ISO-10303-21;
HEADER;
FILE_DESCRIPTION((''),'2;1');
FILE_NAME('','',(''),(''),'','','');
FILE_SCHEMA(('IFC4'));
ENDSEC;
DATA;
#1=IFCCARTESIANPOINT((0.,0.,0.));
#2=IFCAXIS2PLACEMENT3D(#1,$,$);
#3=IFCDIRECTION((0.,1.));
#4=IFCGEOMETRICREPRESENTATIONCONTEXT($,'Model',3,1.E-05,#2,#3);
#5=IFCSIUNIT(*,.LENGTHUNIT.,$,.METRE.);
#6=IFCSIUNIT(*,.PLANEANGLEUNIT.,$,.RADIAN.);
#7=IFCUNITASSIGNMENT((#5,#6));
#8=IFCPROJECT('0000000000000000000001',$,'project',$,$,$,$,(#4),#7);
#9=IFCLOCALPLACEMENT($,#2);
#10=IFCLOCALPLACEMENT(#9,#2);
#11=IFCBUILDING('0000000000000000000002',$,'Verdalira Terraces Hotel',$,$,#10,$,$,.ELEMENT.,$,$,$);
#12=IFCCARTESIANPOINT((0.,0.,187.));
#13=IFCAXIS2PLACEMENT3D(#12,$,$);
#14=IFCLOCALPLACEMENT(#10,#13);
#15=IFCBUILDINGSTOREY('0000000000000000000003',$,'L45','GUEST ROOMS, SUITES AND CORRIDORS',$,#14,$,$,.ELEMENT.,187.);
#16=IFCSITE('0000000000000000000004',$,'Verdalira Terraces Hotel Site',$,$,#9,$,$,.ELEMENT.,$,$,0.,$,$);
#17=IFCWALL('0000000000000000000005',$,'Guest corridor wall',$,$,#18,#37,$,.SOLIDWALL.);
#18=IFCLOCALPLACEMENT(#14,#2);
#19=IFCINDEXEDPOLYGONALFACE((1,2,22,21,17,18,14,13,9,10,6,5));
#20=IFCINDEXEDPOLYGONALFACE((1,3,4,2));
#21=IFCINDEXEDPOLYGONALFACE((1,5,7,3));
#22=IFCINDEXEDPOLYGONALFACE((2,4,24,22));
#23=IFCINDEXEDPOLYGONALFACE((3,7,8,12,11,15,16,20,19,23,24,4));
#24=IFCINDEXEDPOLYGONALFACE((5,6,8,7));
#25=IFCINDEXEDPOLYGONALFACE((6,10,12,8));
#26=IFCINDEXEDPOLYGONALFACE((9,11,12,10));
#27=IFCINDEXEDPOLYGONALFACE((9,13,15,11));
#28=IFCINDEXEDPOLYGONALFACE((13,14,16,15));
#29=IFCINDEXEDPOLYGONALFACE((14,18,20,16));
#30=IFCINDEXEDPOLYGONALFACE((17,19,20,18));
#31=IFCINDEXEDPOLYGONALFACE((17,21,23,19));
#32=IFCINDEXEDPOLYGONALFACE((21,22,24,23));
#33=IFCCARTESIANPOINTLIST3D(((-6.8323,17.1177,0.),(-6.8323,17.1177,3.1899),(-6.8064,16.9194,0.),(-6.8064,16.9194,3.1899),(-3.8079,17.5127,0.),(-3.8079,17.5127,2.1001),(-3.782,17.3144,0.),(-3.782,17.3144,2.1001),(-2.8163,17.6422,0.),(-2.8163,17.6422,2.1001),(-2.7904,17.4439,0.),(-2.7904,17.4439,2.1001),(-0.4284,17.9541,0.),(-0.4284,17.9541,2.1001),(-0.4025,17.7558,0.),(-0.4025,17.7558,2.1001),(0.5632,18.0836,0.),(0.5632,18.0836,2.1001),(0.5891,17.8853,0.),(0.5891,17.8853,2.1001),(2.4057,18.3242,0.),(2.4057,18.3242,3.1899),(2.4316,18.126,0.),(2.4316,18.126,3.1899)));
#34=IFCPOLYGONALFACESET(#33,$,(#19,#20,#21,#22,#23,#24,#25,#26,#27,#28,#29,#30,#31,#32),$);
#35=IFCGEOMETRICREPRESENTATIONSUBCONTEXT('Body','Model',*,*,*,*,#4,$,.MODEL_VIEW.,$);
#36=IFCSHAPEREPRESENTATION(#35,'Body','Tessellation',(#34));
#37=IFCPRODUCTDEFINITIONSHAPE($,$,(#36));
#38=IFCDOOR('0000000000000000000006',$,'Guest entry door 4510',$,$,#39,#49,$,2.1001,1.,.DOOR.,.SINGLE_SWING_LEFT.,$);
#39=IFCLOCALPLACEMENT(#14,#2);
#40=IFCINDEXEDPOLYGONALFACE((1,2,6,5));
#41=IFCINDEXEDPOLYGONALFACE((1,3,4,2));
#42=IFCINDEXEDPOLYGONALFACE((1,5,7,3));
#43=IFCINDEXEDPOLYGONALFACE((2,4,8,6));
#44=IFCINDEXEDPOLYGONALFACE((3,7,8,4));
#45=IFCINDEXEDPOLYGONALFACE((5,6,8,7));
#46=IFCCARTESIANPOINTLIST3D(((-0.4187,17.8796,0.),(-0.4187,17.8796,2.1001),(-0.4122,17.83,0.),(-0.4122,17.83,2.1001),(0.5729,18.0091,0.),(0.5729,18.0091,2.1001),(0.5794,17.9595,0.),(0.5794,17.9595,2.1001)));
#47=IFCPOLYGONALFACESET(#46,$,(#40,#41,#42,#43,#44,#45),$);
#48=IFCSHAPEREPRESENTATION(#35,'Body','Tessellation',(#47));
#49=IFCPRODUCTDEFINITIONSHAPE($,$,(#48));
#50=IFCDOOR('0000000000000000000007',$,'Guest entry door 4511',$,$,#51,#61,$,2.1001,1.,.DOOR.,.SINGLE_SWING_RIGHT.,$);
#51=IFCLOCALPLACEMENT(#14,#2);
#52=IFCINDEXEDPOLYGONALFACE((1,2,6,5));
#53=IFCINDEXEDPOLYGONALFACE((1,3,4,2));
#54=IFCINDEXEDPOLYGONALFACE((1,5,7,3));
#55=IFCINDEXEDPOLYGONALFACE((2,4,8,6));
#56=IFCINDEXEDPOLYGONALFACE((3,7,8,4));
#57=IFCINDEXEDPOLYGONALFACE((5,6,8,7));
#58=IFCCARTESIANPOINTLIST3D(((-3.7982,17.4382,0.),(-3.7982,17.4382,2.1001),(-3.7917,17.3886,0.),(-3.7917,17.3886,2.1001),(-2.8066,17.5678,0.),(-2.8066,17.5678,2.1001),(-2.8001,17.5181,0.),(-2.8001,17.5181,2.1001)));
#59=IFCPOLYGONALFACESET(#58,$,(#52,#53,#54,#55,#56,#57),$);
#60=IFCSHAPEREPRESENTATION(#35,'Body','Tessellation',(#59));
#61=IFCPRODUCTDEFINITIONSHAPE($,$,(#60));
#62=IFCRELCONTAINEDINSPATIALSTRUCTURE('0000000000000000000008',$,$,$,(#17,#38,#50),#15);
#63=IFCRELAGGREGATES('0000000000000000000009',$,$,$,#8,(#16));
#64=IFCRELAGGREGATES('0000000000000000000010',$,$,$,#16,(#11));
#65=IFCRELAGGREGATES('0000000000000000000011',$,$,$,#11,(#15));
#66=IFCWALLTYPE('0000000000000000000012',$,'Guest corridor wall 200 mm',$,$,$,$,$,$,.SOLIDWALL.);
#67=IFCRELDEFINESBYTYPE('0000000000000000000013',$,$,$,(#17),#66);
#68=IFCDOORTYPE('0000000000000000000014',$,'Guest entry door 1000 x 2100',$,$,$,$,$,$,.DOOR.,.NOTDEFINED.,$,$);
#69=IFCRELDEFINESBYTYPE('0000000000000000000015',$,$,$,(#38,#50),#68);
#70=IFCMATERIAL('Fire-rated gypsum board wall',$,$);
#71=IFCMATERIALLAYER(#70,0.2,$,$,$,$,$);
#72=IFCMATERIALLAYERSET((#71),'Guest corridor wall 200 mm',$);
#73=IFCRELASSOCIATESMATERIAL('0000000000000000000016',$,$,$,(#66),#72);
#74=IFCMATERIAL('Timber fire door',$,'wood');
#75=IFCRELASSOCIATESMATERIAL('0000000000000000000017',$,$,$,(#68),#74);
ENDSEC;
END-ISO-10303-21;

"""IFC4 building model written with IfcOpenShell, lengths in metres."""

from ifc_helpers import new_model, si_unit, direction, frame, frame_2d, origin, place, context, subcontext, project, spatial, rectangle, extrude, material, layer, layer_set, type_object, element, fill, save


model = new_model("IFC4")

# Units and contexts
model_context = context("Model", 3, precision=1e-05, world=origin(), true_north=direction((0.0, 1.0)))
body_context = subcontext(model_context, "Body", "Model", "MODEL_VIEW")
ifc_project = project(units=[si_unit("LENGTHUNIT", "METRE"), si_unit("PLANEANGLEUNIT", "RADIAN")], contexts=[model_context])

# Site, building, storey
site_placement = place(None, origin())
site = spatial("IfcSite", under=ifc_project, at=site_placement, Name="Verdalira Terraces Hotel Site", CompositionType="ELEMENT", RefElevation=0.0)
building_placement = place(site_placement, origin())
building = spatial("IfcBuilding", under=site, at=building_placement, Name="Verdalira Terraces Hotel", CompositionType="ELEMENT")
storey_placement = place(building_placement, frame((0.0, 0.0, 187.0)))
storey = spatial("IfcBuildingStorey", under=building, at=storey_placement, Name="L45", Description="GUEST ROOMS, SUITES AND CORRIDORS", CompositionType="ELEMENT", Elevation=187.0)

# Wall, openings, doors
ifc_material_1 = material(Name="Fire-rated gypsum board wall")
ifc_layer_1 = layer(ifc_material_1, 0.2)
ifc_layer_set_1 = layer_set([ifc_layer_1], Name="Guest corridor wall 200 mm")
wall_type_1 = type_object("IfcWallType", Name="Guest corridor wall 200 mm", PredefinedType="SOLIDWALL", material=ifc_layer_set_1)
wall_1_placement = place(storey_placement, frame((-6.8193, 17.0186, 0.0), z_axis=(0.0, 0.0, 1.0), x_axis=(0.991579, 0.129506, 0.0)))
wall_1 = element("IfcWall", 1, at=wall_1_placement, inside=storey, type_object=wall_type_1, Name="Guest corridor wall", PredefinedType="SOLIDWALL", context=body_context, shape_type="SweptSolid", body=[
    extrude(rectangle(XDim=9.3164, YDim=0.2, at=frame_2d((4.6582, 0.0))), origin(), (0.0, 0.0, 1.0), 3.1899),
])
opening_1_placement = place(wall_1_placement, frame((6.4583, 0.0, 0.0)))
opening_1 = element("IfcOpeningElement", 2, at=opening_1_placement, cuts=wall_1, PredefinedType="OPENING", context=body_context, shape_type="SweptSolid", body=[
    extrude(rectangle(XDim=1.0, YDim=2.1001, at=frame_2d((0.5, 1.05))), frame((0.0, 0.1099, 0.0), z_axis=(0.0, -1.0, 0.0), x_axis=(1.0, 0.0, 0.0)), (0.0, 0.0, 1.0), 0.22),
])
opening_2_placement = place(wall_1_placement, frame((3.05, 0.0, 0.0)))
opening_2 = element("IfcOpeningElement", 3, at=opening_2_placement, cuts=wall_1, PredefinedType="OPENING", context=body_context, shape_type="SweptSolid", body=[
    extrude(rectangle(XDim=1.0, YDim=2.1001, at=frame_2d((0.5, 1.05))), frame((0.0, 0.1099, 0.0), z_axis=(0.0, -1.0, 0.0), x_axis=(1.0, 0.0, 0.0)), (0.0, 0.0, 1.0), 0.22),
])
ifc_material_2 = material(Name="Timber fire door", Category="wood")
door_type_1 = type_object("IfcDoorType", Name="Guest entry door 1000 x 2100", OperationType="NOTDEFINED", PredefinedType="DOOR", material=ifc_material_2)
door_1_placement = place(opening_1_placement, origin())
door_1 = element("IfcDoor", 4, at=door_1_placement, inside=storey, type_object=door_type_1, Name="Guest entry door 4510", OperationType="SINGLE_SWING_LEFT", OverallHeight=2.1001, OverallWidth=1.0, PredefinedType="DOOR", context=body_context, shape_type="SweptSolid", body=[
    extrude(rectangle(XDim=1.0, YDim=2.1001, at=frame_2d((0.5, 1.05))), frame((0.0, 0.0249, 0.0), z_axis=(0.0, -1.0, 0.0), x_axis=(1.0, 0.0, 0.0)), (0.0, 0.0, 1.0), 0.05),
])
fill(opening_1, door_1)
door_2_placement = place(opening_2_placement, origin())
door_2 = element("IfcDoor", 5, at=door_2_placement, inside=storey, type_object=door_type_1, Name="Guest entry door 4511", OperationType="SINGLE_SWING_RIGHT", OverallHeight=2.1001, OverallWidth=1.0, PredefinedType="DOOR", context=body_context, shape_type="SweptSolid", body=[
    extrude(rectangle(XDim=1.0, YDim=2.1001, at=frame_2d((0.5, 1.05))), frame((0.0, 0.0249, 0.0), z_axis=(0.0, -1.0, 0.0), x_axis=(1.0, 0.0, 0.0)), (0.0, 0.0, 1.0), 0.05),
])
fill(opening_2, door_2)

save(model, "model.ifc")
